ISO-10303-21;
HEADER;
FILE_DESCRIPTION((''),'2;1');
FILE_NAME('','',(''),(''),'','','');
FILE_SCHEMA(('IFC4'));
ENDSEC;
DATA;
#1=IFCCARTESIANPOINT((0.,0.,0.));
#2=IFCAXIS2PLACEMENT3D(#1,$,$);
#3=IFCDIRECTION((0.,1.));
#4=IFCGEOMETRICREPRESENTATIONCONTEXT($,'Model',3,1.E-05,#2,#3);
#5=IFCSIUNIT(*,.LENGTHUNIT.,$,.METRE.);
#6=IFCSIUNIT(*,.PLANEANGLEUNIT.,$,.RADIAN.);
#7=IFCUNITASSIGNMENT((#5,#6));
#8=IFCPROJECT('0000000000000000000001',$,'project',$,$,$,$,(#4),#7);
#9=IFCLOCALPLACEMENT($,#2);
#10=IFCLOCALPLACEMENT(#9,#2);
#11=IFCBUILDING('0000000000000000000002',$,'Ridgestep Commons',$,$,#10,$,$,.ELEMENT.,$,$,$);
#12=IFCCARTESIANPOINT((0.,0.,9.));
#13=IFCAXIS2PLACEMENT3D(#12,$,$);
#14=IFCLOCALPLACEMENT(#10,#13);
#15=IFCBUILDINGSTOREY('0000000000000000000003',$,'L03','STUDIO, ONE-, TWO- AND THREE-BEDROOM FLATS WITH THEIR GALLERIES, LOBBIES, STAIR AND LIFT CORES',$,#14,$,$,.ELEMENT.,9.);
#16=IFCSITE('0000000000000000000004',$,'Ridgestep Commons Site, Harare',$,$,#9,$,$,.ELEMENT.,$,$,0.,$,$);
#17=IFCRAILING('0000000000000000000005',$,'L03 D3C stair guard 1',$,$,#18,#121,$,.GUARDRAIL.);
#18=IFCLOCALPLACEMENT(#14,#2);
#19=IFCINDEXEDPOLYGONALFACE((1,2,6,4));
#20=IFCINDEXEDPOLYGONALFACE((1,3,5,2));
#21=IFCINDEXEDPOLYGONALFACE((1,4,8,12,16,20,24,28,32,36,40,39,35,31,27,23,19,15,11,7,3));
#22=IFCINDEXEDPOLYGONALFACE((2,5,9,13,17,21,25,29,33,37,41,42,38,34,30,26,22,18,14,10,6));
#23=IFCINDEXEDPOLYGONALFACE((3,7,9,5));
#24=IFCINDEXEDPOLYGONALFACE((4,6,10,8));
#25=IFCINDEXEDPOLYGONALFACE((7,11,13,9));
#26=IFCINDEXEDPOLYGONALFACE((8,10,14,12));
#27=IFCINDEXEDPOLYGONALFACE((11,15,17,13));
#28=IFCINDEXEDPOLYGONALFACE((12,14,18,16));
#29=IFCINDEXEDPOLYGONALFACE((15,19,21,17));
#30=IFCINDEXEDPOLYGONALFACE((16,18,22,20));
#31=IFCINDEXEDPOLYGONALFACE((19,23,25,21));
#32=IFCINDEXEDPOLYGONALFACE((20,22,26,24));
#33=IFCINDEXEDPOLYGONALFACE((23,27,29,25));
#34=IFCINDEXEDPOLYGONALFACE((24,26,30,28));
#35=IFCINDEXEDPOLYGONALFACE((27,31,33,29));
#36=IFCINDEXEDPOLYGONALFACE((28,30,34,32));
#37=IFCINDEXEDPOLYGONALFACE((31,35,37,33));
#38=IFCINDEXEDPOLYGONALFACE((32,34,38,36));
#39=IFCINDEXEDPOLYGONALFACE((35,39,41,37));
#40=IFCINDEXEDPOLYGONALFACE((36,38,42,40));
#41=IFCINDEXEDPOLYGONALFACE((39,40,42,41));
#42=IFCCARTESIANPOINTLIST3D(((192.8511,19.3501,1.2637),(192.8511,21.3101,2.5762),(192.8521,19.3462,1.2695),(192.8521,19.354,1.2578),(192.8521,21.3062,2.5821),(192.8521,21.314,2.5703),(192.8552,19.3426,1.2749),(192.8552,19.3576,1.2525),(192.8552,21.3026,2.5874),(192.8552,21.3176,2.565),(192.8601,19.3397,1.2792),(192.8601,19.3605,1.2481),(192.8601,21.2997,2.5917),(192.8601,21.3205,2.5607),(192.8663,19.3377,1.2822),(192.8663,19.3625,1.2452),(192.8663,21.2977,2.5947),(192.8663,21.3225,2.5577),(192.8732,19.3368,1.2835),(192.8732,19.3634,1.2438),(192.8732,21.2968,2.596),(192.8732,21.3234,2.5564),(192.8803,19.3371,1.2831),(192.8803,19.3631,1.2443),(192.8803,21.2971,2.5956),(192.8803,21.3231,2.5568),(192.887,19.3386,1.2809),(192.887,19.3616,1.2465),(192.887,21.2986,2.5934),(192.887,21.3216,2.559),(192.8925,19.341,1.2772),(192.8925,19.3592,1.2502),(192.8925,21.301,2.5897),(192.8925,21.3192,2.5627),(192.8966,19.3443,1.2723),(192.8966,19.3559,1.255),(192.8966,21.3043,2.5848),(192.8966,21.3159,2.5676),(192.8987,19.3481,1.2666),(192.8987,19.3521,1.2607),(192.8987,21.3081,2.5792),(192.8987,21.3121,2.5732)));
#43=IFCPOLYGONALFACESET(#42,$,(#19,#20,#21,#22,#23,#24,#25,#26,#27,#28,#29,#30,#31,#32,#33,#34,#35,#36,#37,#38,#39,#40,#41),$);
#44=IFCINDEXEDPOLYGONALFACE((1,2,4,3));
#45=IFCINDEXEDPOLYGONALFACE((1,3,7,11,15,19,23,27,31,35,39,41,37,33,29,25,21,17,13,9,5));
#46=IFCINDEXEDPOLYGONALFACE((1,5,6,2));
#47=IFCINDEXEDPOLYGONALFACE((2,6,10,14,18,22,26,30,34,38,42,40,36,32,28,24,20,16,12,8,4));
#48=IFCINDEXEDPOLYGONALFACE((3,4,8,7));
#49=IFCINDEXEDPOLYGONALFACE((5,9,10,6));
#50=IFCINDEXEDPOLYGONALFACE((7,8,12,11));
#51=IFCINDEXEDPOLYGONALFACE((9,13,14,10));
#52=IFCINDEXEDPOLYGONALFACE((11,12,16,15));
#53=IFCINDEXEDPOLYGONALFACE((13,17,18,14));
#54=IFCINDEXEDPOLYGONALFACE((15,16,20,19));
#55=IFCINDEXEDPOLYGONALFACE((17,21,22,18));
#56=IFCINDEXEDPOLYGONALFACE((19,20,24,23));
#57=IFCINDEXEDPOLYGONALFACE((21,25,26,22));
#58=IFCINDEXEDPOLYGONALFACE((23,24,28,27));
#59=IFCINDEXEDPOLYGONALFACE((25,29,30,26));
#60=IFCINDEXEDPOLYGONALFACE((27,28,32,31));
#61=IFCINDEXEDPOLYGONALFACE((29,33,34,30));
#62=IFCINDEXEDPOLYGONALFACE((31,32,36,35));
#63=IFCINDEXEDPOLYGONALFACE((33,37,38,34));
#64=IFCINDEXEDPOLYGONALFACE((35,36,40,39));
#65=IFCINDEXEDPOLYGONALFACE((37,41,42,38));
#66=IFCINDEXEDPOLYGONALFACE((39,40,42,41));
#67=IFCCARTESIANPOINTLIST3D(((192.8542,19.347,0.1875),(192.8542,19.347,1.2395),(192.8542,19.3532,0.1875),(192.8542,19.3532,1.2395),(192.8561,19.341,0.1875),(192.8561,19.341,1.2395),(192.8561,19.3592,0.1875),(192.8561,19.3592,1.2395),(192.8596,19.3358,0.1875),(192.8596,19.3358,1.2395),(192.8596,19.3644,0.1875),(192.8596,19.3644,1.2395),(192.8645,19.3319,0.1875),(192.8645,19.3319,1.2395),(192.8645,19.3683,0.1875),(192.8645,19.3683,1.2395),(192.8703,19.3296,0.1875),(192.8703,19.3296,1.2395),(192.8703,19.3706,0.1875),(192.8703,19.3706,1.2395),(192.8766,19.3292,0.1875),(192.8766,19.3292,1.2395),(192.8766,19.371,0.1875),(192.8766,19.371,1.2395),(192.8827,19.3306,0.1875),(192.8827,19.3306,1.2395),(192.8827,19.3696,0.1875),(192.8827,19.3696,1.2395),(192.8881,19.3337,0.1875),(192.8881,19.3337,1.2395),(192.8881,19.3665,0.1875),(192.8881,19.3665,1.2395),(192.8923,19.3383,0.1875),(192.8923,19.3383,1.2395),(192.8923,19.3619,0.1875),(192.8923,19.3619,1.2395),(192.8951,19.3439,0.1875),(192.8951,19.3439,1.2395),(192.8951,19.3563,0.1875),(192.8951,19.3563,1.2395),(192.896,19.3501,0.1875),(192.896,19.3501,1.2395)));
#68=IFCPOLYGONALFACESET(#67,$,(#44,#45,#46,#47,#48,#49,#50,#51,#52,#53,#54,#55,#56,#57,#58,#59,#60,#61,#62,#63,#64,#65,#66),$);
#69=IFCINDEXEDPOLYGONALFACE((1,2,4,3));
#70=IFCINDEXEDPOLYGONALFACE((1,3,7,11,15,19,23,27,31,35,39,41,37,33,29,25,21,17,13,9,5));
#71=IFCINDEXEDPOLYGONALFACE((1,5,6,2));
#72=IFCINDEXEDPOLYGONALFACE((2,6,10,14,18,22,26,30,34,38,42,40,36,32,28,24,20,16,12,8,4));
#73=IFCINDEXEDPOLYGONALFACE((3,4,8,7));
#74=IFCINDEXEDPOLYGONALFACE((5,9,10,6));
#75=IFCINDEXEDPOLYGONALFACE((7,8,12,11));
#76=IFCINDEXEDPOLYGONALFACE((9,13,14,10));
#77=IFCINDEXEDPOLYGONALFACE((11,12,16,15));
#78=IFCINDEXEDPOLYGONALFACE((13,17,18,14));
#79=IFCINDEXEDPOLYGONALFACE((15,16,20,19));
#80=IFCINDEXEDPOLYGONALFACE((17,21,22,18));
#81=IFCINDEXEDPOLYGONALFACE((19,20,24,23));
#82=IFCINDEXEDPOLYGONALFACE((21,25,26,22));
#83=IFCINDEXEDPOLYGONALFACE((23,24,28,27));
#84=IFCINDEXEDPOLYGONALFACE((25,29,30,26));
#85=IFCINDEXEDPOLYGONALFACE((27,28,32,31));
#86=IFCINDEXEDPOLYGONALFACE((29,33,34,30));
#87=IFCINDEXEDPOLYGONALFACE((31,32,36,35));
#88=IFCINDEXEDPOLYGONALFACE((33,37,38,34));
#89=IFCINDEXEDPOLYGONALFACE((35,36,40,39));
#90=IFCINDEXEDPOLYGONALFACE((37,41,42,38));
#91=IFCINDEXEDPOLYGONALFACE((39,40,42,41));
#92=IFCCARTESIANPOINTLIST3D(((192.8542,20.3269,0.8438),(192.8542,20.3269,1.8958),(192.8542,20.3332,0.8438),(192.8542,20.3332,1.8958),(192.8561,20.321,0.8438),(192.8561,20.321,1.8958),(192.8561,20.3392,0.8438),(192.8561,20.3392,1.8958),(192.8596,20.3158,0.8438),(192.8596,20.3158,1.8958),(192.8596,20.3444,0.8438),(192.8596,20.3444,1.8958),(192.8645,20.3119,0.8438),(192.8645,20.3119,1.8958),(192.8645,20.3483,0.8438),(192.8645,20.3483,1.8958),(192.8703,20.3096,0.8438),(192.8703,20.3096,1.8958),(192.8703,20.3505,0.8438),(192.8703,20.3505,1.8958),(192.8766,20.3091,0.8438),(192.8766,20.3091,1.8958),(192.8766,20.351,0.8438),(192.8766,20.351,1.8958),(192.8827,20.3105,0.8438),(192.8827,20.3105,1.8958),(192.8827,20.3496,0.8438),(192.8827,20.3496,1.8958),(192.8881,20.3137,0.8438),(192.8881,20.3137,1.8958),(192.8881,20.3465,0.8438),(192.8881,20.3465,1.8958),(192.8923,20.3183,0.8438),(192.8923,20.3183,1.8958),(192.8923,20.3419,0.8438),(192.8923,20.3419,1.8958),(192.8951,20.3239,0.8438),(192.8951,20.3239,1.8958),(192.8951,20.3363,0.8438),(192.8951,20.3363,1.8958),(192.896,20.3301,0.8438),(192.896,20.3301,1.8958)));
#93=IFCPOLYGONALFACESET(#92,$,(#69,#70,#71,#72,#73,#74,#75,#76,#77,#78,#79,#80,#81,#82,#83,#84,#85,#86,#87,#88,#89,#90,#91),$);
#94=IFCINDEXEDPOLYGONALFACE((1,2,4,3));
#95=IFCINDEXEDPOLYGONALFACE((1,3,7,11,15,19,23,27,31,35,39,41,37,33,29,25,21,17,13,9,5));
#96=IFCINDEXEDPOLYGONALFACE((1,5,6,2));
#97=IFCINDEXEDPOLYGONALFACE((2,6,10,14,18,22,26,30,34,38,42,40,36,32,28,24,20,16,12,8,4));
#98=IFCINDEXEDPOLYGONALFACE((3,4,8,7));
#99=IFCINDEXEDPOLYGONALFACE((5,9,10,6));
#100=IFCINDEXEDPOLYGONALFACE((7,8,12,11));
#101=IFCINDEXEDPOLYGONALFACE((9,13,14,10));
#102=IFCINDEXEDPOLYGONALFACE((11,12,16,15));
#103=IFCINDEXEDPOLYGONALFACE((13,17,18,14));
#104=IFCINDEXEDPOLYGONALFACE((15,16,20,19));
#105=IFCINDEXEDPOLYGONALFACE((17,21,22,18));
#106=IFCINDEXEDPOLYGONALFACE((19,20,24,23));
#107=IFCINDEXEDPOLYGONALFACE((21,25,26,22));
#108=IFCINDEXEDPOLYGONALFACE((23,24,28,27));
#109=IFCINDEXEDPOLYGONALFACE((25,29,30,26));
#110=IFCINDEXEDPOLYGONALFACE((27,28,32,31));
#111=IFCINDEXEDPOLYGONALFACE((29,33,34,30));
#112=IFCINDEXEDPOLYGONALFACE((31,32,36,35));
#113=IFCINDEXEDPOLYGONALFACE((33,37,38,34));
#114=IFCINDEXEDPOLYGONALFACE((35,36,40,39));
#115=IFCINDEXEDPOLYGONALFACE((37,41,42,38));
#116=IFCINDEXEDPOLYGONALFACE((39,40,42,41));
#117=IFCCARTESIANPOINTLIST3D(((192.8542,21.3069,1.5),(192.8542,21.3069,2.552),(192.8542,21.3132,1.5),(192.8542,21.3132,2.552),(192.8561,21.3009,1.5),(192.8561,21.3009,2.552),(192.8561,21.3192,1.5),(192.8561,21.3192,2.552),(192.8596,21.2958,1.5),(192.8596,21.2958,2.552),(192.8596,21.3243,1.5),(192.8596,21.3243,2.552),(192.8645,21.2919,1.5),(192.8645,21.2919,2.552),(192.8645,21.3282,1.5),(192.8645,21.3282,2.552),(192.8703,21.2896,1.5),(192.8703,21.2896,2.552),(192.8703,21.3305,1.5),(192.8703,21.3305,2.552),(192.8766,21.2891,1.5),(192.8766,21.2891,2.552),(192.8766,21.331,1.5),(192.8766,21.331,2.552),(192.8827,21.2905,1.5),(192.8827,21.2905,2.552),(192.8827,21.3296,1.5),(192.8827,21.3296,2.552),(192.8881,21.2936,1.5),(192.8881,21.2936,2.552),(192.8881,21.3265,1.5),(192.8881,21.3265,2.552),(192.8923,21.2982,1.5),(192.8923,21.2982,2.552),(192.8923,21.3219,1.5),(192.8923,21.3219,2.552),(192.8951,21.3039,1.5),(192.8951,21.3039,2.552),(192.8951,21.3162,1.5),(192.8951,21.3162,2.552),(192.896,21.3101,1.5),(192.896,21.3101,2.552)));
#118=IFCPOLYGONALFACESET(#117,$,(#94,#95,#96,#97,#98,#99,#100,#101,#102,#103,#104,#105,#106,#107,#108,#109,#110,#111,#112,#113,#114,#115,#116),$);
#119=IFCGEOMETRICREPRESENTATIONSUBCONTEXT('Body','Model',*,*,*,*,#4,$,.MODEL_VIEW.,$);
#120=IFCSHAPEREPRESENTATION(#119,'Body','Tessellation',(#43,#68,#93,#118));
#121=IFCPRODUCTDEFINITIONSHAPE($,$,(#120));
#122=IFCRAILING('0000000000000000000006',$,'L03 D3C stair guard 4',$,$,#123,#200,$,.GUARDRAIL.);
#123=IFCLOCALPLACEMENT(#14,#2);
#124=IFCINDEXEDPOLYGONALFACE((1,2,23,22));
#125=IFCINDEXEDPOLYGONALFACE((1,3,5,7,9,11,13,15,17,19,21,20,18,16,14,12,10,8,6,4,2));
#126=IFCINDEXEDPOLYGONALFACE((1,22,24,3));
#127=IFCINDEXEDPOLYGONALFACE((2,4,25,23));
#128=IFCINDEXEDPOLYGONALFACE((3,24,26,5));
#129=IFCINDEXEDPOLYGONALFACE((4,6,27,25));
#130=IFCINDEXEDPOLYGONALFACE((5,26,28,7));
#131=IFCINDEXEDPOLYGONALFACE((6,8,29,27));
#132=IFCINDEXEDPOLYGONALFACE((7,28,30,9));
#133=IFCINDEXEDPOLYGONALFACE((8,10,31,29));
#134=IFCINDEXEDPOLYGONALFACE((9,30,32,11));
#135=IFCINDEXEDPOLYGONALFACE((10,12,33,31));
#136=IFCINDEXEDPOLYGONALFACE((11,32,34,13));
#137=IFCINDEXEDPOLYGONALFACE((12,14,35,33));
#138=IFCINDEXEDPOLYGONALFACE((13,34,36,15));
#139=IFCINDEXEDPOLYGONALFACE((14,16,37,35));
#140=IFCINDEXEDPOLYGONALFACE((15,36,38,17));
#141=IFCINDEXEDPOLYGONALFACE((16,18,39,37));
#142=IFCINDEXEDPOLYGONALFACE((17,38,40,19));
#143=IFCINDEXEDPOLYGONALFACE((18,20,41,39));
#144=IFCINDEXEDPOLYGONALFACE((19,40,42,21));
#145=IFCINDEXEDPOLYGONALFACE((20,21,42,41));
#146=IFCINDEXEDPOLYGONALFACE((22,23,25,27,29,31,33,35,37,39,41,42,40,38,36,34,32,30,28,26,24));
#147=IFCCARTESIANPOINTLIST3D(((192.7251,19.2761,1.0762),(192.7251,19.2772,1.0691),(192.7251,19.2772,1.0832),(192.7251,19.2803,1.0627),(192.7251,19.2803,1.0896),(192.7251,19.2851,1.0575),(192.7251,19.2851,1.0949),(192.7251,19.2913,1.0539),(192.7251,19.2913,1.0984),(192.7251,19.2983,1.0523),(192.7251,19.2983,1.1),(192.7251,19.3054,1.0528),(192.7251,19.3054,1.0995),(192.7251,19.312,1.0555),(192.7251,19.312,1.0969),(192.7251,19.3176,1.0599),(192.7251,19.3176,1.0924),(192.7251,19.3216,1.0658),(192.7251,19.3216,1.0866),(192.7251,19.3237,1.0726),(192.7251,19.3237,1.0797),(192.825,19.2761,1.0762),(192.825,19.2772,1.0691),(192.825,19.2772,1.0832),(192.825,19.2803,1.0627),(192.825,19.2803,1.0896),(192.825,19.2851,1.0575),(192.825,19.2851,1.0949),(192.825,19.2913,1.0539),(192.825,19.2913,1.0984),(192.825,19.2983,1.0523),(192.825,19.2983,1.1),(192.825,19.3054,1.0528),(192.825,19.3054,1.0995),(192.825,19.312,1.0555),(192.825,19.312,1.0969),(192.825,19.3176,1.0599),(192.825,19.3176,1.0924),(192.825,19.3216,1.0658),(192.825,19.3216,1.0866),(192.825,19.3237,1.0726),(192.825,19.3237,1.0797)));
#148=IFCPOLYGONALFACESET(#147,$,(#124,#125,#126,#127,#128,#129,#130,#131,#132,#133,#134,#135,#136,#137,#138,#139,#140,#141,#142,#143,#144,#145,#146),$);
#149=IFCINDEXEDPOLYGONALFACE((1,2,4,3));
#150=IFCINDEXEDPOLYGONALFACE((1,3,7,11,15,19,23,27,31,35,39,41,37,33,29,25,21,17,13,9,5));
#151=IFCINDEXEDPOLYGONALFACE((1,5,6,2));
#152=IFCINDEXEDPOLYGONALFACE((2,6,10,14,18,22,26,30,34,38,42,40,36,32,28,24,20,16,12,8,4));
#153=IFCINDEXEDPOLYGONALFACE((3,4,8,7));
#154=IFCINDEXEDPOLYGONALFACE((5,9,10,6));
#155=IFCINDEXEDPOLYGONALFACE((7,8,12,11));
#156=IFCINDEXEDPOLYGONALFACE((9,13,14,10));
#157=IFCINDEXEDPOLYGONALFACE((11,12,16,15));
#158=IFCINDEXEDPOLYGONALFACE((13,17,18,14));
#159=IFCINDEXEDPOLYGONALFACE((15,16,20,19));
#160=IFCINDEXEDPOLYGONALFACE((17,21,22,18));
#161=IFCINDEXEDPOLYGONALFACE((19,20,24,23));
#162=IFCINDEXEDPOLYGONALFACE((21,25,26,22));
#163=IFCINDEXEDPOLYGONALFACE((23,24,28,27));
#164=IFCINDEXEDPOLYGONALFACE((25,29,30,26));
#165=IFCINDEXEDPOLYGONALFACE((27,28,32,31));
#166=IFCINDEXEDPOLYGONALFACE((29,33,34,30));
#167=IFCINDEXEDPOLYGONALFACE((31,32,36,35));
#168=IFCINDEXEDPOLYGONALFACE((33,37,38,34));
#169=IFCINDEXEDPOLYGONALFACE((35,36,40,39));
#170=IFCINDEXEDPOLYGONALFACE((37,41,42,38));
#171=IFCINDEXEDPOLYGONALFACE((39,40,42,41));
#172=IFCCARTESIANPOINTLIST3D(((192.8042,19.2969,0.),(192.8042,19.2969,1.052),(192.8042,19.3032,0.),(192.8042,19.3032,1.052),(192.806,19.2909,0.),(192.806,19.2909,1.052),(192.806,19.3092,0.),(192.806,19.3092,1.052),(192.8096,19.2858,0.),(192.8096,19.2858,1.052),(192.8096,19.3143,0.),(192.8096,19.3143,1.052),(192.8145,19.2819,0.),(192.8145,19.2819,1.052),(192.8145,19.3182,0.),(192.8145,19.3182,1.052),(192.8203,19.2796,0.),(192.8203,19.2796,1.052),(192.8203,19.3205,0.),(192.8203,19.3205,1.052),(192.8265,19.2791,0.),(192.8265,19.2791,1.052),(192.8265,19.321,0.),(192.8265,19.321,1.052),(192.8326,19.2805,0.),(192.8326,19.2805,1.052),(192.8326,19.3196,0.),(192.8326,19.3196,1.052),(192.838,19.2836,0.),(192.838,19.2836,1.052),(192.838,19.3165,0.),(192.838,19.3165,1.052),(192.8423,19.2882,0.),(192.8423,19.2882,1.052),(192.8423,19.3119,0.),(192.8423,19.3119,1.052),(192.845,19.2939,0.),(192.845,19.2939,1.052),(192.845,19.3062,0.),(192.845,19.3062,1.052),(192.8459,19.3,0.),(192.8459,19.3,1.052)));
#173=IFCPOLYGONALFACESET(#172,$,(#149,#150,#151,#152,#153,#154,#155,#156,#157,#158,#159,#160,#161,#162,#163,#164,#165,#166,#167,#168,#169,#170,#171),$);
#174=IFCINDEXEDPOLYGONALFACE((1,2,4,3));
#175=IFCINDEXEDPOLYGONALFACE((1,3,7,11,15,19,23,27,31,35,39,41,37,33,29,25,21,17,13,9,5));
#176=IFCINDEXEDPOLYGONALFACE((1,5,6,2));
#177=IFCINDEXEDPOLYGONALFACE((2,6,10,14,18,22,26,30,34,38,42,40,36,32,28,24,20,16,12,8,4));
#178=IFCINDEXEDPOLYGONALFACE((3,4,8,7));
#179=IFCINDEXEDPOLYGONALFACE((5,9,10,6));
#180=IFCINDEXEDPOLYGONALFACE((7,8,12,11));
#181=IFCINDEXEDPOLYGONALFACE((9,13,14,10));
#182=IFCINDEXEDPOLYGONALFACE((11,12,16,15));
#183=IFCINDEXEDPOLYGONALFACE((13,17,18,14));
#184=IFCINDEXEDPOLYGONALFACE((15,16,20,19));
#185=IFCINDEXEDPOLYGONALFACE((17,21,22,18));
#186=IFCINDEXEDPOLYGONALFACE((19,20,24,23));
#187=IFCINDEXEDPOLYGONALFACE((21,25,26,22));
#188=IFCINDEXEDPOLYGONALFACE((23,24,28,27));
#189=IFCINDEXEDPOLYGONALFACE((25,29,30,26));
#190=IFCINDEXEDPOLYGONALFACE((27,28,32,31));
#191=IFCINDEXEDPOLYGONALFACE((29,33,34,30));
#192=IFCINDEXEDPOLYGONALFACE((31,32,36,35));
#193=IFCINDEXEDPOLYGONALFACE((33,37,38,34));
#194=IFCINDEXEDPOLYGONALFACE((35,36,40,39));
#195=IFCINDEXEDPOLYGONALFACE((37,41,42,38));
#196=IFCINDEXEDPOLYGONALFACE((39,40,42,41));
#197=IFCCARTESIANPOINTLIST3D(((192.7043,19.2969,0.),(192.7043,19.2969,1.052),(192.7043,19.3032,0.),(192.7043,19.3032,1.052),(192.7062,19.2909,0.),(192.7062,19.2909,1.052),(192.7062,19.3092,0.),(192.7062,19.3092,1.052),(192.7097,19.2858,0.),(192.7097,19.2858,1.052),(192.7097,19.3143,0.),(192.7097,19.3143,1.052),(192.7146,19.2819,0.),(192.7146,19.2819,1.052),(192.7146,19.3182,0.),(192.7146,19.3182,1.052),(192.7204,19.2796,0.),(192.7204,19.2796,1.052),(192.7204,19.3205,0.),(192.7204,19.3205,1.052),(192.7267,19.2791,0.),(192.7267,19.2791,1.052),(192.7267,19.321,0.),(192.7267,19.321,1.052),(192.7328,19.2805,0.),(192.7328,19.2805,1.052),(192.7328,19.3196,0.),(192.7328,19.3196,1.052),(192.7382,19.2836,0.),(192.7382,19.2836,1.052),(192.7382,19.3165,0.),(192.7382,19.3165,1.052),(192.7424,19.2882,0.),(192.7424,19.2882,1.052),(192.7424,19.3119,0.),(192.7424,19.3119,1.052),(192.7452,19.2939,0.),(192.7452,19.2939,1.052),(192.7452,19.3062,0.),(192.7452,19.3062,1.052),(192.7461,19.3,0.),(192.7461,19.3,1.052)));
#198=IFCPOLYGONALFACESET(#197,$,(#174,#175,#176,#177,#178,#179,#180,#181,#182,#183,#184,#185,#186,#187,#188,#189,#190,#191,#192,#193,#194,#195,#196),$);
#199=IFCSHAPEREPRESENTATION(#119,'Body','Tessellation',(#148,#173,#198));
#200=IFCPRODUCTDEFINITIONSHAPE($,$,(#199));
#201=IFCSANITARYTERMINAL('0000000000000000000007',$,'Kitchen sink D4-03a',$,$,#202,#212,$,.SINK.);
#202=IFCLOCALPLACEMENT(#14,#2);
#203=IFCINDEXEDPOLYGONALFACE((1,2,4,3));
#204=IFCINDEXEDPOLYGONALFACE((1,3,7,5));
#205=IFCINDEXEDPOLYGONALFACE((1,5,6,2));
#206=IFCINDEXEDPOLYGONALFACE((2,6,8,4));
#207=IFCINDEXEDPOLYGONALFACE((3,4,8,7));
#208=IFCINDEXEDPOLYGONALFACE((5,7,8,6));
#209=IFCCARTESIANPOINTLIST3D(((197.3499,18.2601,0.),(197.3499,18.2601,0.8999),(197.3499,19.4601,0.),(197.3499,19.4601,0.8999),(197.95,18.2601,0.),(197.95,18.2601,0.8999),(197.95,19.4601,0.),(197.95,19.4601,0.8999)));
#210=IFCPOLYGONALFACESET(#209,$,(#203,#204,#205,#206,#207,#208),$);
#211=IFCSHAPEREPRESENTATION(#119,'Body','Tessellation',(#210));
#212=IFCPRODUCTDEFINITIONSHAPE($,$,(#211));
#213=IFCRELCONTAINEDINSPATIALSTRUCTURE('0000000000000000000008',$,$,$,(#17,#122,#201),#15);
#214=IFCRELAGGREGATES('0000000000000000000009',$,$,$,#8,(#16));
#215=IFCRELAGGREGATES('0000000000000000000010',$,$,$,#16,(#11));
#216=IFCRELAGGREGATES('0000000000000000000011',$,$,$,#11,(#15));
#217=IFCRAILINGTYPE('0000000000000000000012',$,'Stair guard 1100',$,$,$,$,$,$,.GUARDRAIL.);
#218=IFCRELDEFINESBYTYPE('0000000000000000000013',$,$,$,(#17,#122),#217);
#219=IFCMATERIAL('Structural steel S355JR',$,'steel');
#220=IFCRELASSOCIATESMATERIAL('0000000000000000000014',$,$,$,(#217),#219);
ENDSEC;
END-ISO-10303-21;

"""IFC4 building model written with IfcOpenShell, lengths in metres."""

from ifc_helpers import new_model, si_unit, direction, frame, origin, origin_2d, place, context, subcontext, project, spatial, rectangle, circle, extrude, material, type_object, element, save


model = new_model("IFC4")

# Units and contexts
model_context = context("Model", 3, precision=1e-05, world=origin(), true_north=direction((0.0, 1.0)))
body_context = subcontext(model_context, "Body", "Model", "MODEL_VIEW")
ifc_project = project(units=[si_unit("LENGTHUNIT", "METRE"), si_unit("PLANEANGLEUNIT", "RADIAN")], contexts=[model_context])

# Site, building, storey
site_placement = place(None, origin())
site = spatial("IfcSite", under=ifc_project, at=site_placement, Name="Ridgestep Commons Site, Harare", CompositionType="ELEMENT", RefElevation=0.0)
building_placement = place(site_placement, origin())
building = spatial("IfcBuilding", under=site, at=building_placement, Name="Ridgestep Commons", CompositionType="ELEMENT")
storey_placement = place(building_placement, frame((0.0, 0.0, 9.0)))
storey = spatial("IfcBuildingStorey", under=building, at=storey_placement, Name="L03", Description="STUDIO, ONE-, TWO- AND THREE-BEDROOM FLATS WITH THEIR GALLERIES, LOBBIES, STAIR AND LIFT CORES", CompositionType="ELEMENT", Elevation=9.0)

# Railings
ifc_material_1 = material(Name="Structural steel S355JR", Category="steel")
railing_type_1 = type_object("IfcRailingType", Name="Stair guard 1100", PredefinedType="GUARDRAIL", material=ifc_material_1)
railing_1_placement = place(storey_placement, frame((192.875, 19.3501, 0.1875)))
element("IfcRailing", 1, at=railing_1_placement, inside=storey, type_object=railing_type_1, Name="L03 D3C stair guard 1", PredefinedType="GUARDRAIL", context=body_context, shape_type="SweptSolid", body=[
    extrude(circle(Radius=0.0239, at=origin_2d()), frame((0.0, 0.0, 1.0762), z_axis=(0.0, 0.830902, 0.556419), x_axis=(-1.0, 0.0, 0.0)), (0.0, 0.0, 1.0), 2.3589),
    extrude(circle(Radius=0.021, at=origin_2d()), origin(), (0.0, 0.0, 1.0), 1.052),
    extrude(circle(Radius=0.021, at=origin_2d()), frame((0.0, 0.98, 0.6562)), (0.0, 0.0, 1.0), 1.052),
    extrude(circle(Radius=0.021, at=origin_2d()), frame((0.0, 1.96, 1.3125)), (0.0, 0.0, 1.0), 1.052),
])
railing_2_placement = place(storey_placement, frame((192.825, 19.3, 0.0)))
element("IfcRailing", 2, at=railing_2_placement, inside=storey, type_object=railing_type_1, Name="L03 D3C stair guard 4", PredefinedType="GUARDRAIL", context=body_context, shape_type="SweptSolid", body=[
    extrude(circle(Radius=0.0239, at=origin_2d()), frame((0.0, 0.0, 1.0762), z_axis=(-1.0, 0.0, 0.0), x_axis=(0.0, -1.0, 0.0)), (0.0, 0.0, 1.0), 0.0999),
    extrude(circle(Radius=0.021, at=origin_2d()), origin(), (0.0, 0.0, 1.0), 1.052),
    extrude(circle(Radius=0.021, at=origin_2d()), frame((-0.0999, 0.0, 0.0)), (0.0, 0.0, 1.0), 1.052),
])

# Sanitary terminal
sanitary_terminal_placement = place(storey_placement, frame((197.6499, 18.8601, 0.0), z_axis=(0.0, 0.0, 1.0), x_axis=(1.0, 0.0, 0.0)))
element("IfcSanitaryTerminal", 3, at=sanitary_terminal_placement, inside=storey, Name="Kitchen sink D4-03a", PredefinedType="SINK", context=body_context, shape_type="SweptSolid", body=[
    extrude(rectangle(XDim=0.6001, YDim=1.2, at=origin_2d()), origin(), (0.0, 0.0, 1.0), 0.8999),
])

save(model, "model.ifc")
